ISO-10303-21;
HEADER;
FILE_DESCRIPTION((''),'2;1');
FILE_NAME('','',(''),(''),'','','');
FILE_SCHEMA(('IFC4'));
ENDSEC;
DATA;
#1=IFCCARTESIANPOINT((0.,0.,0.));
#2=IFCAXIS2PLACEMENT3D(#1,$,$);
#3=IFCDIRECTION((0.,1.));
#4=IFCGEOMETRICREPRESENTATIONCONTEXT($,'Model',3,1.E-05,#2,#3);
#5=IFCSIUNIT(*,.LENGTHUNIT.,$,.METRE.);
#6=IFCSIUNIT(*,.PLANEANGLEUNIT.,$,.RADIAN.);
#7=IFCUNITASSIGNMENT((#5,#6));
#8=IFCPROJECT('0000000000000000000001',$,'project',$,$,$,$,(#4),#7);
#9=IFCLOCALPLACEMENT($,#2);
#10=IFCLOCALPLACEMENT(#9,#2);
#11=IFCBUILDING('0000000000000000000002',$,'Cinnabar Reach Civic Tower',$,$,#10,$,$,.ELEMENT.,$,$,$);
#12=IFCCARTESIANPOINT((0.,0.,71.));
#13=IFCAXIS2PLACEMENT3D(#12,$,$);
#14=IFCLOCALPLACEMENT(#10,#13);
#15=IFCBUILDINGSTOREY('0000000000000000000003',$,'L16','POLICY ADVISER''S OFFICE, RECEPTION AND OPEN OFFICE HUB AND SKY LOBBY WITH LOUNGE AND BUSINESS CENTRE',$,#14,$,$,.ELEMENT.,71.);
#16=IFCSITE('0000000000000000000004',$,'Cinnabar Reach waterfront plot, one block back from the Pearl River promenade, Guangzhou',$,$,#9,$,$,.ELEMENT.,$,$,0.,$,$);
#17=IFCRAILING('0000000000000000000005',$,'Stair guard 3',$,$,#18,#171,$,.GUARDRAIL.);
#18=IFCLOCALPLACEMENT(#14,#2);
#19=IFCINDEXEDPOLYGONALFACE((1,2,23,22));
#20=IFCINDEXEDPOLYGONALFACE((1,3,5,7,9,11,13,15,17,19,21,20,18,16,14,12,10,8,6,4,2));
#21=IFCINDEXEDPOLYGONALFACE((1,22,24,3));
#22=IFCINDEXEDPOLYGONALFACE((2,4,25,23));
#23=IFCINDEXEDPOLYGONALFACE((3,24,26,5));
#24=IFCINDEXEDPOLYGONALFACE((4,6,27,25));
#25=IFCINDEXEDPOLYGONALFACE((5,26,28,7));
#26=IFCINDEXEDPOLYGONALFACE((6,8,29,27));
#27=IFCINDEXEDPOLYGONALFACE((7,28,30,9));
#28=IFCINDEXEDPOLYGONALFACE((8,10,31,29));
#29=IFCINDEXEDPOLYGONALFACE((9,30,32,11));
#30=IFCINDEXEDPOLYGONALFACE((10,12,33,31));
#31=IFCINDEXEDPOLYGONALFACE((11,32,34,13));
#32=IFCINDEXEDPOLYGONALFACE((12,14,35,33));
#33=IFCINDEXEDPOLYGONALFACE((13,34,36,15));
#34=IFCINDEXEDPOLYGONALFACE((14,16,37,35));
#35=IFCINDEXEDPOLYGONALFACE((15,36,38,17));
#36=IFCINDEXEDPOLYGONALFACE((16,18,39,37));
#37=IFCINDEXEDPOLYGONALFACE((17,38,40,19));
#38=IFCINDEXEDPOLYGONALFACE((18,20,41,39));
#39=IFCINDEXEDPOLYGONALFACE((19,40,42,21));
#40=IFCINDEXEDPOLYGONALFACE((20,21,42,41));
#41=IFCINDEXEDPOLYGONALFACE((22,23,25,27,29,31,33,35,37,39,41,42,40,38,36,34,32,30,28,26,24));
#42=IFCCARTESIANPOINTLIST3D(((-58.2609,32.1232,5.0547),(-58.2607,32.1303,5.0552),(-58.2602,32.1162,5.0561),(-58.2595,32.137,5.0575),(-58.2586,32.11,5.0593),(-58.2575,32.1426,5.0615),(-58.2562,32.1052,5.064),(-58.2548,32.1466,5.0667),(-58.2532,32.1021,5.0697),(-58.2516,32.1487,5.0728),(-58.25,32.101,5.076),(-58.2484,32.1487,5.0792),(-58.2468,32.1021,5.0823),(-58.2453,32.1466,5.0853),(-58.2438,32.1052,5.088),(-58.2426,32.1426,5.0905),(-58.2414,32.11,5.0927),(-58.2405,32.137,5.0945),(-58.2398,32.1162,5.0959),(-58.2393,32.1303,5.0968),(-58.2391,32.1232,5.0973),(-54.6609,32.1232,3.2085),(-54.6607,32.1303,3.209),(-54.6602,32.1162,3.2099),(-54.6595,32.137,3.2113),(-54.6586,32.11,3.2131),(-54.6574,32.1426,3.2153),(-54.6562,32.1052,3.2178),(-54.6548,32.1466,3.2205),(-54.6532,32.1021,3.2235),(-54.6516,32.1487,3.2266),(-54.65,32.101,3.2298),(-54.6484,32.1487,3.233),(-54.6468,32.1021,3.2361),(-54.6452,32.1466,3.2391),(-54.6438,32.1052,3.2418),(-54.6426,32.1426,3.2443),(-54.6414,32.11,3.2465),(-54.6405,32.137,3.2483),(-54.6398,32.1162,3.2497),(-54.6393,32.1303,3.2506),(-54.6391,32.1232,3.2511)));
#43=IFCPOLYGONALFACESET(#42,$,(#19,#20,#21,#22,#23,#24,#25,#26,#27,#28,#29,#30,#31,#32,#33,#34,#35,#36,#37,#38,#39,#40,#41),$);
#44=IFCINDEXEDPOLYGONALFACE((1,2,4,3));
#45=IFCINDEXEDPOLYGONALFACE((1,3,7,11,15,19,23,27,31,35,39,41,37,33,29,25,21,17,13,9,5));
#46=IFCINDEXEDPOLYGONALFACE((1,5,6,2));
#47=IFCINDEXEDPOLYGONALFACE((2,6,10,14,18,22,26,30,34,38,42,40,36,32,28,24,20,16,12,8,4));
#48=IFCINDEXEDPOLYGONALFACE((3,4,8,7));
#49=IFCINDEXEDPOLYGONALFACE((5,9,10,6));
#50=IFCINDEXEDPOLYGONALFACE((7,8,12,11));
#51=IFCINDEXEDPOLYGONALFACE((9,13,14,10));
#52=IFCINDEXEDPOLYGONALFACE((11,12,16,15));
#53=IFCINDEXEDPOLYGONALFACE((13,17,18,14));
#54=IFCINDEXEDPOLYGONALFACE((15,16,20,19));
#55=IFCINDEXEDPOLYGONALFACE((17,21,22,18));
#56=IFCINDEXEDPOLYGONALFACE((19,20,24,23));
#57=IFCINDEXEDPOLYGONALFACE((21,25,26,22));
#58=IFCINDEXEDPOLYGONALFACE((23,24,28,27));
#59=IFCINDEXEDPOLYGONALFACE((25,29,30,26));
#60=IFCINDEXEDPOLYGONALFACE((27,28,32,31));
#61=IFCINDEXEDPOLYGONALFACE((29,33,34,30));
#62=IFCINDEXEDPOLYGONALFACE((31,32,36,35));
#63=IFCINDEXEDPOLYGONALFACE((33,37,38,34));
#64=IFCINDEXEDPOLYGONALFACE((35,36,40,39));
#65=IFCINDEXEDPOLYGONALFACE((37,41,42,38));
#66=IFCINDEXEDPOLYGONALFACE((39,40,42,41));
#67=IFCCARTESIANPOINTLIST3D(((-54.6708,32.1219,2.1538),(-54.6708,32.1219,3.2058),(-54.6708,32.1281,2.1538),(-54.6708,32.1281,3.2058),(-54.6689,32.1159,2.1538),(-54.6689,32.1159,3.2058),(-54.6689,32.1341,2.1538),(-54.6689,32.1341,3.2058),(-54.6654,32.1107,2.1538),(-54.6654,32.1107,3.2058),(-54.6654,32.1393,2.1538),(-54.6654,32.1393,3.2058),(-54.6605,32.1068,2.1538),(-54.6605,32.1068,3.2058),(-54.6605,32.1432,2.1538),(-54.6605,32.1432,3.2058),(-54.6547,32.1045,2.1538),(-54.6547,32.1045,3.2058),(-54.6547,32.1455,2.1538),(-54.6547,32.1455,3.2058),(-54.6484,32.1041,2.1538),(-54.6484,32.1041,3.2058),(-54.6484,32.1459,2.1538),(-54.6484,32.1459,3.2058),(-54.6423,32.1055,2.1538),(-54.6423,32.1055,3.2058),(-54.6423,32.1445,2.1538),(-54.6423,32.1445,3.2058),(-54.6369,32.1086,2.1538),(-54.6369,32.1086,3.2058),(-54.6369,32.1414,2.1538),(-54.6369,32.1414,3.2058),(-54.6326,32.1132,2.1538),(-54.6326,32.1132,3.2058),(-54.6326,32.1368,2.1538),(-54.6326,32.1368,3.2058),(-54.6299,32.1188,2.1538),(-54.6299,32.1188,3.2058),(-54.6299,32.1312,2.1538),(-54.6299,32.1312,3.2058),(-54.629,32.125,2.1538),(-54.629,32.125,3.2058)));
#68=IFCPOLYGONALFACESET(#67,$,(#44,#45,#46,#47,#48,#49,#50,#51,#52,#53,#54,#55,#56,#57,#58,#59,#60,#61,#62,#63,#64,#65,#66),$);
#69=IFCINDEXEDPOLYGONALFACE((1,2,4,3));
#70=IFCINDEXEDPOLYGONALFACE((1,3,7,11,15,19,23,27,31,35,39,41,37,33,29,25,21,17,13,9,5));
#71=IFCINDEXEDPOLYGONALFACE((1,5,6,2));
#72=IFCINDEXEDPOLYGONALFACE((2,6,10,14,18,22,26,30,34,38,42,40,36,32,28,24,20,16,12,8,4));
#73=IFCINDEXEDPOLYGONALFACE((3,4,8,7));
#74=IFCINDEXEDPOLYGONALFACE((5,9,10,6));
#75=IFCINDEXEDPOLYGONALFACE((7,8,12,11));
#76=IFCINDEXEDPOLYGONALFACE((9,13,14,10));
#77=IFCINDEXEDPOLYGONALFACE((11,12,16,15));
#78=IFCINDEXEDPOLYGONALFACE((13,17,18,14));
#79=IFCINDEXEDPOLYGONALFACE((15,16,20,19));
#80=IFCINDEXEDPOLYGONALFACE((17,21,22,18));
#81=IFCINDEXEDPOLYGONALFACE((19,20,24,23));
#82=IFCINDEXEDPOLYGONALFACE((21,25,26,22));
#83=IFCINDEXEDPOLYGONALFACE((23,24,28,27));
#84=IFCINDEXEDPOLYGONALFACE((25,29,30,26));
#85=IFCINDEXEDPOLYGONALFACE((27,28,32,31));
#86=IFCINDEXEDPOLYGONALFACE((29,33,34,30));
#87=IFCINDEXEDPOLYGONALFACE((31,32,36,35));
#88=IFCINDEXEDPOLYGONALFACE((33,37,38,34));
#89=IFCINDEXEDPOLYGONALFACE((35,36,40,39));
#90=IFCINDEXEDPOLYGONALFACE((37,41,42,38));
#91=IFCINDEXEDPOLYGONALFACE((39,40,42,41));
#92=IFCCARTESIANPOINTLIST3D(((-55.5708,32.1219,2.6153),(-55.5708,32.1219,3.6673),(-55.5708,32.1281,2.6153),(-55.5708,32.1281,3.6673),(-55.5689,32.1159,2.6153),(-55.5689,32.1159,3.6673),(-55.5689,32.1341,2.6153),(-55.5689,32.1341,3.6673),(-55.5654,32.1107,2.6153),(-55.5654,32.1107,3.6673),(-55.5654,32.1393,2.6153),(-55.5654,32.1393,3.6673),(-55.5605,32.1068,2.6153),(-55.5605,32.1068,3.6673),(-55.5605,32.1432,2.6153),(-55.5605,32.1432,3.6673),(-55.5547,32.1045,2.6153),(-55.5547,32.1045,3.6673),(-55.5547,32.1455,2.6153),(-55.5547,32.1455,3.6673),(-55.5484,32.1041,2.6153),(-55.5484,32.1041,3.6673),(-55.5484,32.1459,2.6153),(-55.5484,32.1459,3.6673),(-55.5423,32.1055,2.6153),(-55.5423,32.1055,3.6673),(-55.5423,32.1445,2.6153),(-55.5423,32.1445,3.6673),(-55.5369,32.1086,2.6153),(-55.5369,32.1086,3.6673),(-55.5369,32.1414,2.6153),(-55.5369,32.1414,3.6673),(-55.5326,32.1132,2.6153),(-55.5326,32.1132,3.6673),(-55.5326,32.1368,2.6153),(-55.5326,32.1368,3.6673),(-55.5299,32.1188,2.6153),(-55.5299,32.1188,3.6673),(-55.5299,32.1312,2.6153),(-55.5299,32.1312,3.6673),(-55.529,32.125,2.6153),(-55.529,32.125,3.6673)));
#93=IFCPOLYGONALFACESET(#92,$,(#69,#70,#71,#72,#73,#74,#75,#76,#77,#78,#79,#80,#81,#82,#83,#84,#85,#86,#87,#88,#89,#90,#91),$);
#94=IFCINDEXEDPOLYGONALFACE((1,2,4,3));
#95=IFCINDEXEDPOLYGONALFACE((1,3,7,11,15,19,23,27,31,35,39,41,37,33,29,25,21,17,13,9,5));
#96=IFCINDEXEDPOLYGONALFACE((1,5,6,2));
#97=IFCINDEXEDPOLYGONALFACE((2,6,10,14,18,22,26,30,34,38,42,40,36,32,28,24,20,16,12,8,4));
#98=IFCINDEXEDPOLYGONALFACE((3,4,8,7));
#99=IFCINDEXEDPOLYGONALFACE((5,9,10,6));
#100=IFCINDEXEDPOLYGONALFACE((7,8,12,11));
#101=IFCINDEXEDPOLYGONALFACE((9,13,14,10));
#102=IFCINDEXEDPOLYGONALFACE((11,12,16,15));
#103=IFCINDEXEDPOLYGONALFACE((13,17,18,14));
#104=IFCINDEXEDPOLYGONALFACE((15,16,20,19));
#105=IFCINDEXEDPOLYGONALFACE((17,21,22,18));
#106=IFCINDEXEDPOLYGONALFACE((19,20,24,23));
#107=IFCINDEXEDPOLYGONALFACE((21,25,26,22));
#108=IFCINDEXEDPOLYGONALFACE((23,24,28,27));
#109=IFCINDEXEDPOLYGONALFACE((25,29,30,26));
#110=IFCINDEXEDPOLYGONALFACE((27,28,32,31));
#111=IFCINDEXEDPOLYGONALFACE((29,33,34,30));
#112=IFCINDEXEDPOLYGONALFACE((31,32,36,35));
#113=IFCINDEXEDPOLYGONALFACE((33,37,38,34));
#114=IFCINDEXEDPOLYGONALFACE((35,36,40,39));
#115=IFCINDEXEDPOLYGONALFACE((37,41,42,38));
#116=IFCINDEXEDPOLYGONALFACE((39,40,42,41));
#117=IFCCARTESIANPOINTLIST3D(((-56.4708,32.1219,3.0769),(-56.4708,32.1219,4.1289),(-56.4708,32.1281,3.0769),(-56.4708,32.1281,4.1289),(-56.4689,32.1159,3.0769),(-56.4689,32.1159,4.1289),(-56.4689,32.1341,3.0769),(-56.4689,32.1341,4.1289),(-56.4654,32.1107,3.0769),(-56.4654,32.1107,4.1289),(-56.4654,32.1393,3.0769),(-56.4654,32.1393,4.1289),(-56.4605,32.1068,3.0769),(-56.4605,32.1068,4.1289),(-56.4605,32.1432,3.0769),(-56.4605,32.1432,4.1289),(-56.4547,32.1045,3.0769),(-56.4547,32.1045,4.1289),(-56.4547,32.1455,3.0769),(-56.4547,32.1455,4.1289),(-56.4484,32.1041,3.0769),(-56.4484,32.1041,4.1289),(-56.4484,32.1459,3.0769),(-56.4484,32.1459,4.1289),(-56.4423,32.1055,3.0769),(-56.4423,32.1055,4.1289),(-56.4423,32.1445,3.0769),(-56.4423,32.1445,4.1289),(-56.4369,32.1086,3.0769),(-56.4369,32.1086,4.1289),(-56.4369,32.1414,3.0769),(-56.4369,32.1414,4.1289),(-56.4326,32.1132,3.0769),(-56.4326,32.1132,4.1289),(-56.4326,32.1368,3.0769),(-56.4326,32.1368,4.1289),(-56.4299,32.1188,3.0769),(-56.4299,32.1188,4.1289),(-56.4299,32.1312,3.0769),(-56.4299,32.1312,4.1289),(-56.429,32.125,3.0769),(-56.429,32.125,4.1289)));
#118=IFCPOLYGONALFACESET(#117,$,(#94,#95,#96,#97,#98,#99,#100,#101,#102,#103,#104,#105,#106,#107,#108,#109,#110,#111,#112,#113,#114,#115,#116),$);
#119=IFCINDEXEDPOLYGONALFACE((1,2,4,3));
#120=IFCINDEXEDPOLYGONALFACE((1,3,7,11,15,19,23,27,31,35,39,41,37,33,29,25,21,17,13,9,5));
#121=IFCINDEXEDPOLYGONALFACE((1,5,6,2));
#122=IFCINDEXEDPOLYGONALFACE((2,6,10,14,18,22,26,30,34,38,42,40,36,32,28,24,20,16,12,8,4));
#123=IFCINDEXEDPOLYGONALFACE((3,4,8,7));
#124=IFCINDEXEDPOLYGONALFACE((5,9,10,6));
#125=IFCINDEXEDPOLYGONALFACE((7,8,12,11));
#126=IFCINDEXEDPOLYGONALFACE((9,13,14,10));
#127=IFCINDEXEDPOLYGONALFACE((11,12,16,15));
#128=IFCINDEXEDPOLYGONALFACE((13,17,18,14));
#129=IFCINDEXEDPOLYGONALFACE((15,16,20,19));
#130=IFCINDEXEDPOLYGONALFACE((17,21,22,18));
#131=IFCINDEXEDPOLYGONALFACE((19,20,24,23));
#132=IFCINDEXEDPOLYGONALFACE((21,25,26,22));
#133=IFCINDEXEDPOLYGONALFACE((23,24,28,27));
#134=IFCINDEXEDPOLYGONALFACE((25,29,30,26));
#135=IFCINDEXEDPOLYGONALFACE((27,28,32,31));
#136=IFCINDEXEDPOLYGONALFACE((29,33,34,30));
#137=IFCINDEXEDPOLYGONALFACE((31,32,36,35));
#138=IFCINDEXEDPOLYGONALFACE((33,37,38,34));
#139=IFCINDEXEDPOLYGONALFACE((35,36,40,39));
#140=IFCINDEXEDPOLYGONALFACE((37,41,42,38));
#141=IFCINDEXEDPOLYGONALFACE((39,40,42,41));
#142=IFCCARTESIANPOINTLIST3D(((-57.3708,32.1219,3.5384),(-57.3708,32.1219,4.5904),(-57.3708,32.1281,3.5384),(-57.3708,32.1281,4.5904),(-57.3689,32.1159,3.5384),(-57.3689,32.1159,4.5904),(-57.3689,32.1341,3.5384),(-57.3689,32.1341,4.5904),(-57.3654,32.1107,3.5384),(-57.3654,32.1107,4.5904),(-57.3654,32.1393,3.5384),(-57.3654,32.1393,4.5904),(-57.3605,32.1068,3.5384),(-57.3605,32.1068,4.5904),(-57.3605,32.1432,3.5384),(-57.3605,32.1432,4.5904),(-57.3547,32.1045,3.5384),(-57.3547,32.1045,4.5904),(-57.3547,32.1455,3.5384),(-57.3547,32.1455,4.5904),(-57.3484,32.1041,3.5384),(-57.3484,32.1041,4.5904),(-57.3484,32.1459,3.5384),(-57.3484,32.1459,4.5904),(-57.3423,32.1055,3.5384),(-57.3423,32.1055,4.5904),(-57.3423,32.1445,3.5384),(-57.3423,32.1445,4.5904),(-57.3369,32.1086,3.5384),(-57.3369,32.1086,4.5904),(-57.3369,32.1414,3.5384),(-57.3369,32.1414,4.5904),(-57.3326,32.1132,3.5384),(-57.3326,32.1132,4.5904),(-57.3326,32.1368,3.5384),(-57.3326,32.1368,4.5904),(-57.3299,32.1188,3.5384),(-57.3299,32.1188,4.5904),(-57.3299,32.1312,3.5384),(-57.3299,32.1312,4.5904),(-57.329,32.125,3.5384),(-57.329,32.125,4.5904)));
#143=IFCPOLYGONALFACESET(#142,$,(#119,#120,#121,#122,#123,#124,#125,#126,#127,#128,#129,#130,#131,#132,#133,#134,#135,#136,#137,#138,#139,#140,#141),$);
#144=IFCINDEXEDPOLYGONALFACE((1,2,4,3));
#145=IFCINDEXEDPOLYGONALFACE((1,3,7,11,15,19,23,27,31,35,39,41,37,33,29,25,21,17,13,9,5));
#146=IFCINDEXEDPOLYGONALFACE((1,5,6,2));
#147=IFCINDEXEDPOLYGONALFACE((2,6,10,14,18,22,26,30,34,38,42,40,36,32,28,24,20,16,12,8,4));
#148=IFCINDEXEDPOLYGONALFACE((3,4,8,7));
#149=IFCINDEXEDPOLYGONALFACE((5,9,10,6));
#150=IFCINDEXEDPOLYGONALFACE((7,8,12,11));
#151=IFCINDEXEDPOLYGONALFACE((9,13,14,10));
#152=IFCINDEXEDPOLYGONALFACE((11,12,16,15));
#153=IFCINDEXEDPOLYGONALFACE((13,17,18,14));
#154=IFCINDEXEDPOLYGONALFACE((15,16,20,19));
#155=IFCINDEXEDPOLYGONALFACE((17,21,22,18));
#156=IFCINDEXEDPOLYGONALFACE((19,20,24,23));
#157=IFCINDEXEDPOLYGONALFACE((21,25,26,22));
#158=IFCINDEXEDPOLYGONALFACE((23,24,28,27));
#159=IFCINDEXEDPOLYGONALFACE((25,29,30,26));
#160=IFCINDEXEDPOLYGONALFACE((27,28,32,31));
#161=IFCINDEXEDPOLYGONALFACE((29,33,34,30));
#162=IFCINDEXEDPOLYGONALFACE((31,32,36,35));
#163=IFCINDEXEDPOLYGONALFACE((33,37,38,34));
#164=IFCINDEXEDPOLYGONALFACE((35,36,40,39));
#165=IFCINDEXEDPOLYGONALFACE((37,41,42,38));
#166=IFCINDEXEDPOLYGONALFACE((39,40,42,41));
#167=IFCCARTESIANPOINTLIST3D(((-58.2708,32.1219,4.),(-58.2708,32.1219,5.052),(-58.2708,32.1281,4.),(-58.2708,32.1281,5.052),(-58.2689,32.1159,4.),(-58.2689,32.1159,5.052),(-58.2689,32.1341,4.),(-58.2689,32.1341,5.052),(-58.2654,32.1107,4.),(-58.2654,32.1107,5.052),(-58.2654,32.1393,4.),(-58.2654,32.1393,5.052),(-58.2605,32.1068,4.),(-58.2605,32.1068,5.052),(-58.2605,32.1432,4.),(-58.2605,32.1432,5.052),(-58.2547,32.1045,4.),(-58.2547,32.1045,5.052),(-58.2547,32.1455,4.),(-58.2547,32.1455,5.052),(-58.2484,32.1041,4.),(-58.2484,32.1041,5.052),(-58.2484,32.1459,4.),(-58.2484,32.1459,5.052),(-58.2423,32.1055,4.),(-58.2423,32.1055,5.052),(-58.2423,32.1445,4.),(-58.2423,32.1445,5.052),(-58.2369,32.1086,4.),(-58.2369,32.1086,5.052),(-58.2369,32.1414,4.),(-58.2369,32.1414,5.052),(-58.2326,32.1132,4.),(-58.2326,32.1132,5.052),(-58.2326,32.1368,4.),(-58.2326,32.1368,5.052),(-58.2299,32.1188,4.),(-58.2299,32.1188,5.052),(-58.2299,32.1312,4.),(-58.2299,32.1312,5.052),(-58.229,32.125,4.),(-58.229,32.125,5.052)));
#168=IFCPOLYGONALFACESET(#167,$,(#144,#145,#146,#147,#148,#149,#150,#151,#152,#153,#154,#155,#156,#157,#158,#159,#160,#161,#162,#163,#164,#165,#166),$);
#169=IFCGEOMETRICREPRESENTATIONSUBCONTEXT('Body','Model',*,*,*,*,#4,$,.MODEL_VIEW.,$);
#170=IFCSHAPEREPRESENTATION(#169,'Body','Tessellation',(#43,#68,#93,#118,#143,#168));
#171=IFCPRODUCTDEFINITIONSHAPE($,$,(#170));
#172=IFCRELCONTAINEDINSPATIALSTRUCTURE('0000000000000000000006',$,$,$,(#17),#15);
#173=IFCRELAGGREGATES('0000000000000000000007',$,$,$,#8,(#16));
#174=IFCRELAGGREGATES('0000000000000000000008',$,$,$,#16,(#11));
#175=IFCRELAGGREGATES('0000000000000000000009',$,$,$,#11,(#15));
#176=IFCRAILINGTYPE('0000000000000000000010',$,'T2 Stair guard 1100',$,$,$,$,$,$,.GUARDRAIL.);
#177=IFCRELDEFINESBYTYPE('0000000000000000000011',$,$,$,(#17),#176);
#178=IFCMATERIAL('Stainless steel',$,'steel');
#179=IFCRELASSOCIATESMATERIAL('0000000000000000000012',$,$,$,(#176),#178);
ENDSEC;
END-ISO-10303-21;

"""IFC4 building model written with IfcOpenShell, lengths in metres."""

from ifc_helpers import new_model, si_unit, direction, frame, origin, origin_2d, place, context, subcontext, project, spatial, circle, extrude, material, type_object, element, save


model = new_model("IFC4")

# Units and contexts
model_context = context("Model", 3, precision=1e-05, world=origin(), true_north=direction((0.0, 1.0)))
body_context = subcontext(model_context, "Body", "Model", "MODEL_VIEW")
ifc_project = project(units=[si_unit("LENGTHUNIT", "METRE"), si_unit("PLANEANGLEUNIT", "RADIAN")], contexts=[model_context])

# Site, building, storey
site_placement = place(None, origin())
site = spatial("IfcSite", under=ifc_project, at=site_placement, Name="Cinnabar Reach waterfront plot, one block back from the Pearl River promenade, Guangzhou", CompositionType="ELEMENT", RefElevation=0.0)
building_placement = place(site_placement, origin())
building = spatial("IfcBuilding", under=site, at=building_placement, Name="Cinnabar Reach Civic Tower", CompositionType="ELEMENT")
storey_placement = place(building_placement, frame((0.0, 0.0, 71.0)))
storey = spatial("IfcBuildingStorey", under=building, at=storey_placement, Name="L16", Description="POLICY ADVISER'S OFFICE, RECEPTION AND OPEN OFFICE HUB AND SKY LOBBY WITH LOUNGE AND BUSINESS CENTRE", CompositionType="ELEMENT", Elevation=71.0)

# Railing
ifc_material_1 = material(Name="Stainless steel", Category="steel")
railing_type = type_object("IfcRailingType", Name="T2 Stair guard 1100", PredefinedType="GUARDRAIL", material=ifc_material_1)
railing_1_placement = place(storey_placement, frame((-54.65, 32.125, 2.1538)))
element("IfcRailing", 1, at=railing_1_placement, inside=storey, type_object=railing_type, Name="Stair guard 3", PredefinedType="GUARDRAIL", context=body_context, shape_type="SweptSolid", body=[
    extrude(circle(Radius=0.024, at=origin_2d()), frame((0.0, 0.0, 1.076), z_axis=(-0.889813, 0.0, 0.456326), x_axis=(0.0, -1.0, 0.0)), (0.0, 0.0, 1.0), 4.0458),
    extrude(circle(Radius=0.021, at=origin_2d()), origin(), (0.0, 0.0, 1.0), 1.052),
    extrude(circle(Radius=0.021, at=origin_2d()), frame((-0.9, 0.0, 0.4615)), (0.0, 0.0, 1.0), 1.052),
    extrude(circle(Radius=0.021, at=origin_2d()), frame((-1.8, 0.0, 0.9231)), (0.0, 0.0, 1.0), 1.052),
    extrude(circle(Radius=0.021, at=origin_2d()), frame((-2.7, 0.0, 1.3846)), (0.0, 0.0, 1.0), 1.052),
    extrude(circle(Radius=0.021, at=origin_2d()), frame((-3.6, 0.0, 1.8462)), (0.0, 0.0, 1.0), 1.052),
])

save(model, "model.ifc")
